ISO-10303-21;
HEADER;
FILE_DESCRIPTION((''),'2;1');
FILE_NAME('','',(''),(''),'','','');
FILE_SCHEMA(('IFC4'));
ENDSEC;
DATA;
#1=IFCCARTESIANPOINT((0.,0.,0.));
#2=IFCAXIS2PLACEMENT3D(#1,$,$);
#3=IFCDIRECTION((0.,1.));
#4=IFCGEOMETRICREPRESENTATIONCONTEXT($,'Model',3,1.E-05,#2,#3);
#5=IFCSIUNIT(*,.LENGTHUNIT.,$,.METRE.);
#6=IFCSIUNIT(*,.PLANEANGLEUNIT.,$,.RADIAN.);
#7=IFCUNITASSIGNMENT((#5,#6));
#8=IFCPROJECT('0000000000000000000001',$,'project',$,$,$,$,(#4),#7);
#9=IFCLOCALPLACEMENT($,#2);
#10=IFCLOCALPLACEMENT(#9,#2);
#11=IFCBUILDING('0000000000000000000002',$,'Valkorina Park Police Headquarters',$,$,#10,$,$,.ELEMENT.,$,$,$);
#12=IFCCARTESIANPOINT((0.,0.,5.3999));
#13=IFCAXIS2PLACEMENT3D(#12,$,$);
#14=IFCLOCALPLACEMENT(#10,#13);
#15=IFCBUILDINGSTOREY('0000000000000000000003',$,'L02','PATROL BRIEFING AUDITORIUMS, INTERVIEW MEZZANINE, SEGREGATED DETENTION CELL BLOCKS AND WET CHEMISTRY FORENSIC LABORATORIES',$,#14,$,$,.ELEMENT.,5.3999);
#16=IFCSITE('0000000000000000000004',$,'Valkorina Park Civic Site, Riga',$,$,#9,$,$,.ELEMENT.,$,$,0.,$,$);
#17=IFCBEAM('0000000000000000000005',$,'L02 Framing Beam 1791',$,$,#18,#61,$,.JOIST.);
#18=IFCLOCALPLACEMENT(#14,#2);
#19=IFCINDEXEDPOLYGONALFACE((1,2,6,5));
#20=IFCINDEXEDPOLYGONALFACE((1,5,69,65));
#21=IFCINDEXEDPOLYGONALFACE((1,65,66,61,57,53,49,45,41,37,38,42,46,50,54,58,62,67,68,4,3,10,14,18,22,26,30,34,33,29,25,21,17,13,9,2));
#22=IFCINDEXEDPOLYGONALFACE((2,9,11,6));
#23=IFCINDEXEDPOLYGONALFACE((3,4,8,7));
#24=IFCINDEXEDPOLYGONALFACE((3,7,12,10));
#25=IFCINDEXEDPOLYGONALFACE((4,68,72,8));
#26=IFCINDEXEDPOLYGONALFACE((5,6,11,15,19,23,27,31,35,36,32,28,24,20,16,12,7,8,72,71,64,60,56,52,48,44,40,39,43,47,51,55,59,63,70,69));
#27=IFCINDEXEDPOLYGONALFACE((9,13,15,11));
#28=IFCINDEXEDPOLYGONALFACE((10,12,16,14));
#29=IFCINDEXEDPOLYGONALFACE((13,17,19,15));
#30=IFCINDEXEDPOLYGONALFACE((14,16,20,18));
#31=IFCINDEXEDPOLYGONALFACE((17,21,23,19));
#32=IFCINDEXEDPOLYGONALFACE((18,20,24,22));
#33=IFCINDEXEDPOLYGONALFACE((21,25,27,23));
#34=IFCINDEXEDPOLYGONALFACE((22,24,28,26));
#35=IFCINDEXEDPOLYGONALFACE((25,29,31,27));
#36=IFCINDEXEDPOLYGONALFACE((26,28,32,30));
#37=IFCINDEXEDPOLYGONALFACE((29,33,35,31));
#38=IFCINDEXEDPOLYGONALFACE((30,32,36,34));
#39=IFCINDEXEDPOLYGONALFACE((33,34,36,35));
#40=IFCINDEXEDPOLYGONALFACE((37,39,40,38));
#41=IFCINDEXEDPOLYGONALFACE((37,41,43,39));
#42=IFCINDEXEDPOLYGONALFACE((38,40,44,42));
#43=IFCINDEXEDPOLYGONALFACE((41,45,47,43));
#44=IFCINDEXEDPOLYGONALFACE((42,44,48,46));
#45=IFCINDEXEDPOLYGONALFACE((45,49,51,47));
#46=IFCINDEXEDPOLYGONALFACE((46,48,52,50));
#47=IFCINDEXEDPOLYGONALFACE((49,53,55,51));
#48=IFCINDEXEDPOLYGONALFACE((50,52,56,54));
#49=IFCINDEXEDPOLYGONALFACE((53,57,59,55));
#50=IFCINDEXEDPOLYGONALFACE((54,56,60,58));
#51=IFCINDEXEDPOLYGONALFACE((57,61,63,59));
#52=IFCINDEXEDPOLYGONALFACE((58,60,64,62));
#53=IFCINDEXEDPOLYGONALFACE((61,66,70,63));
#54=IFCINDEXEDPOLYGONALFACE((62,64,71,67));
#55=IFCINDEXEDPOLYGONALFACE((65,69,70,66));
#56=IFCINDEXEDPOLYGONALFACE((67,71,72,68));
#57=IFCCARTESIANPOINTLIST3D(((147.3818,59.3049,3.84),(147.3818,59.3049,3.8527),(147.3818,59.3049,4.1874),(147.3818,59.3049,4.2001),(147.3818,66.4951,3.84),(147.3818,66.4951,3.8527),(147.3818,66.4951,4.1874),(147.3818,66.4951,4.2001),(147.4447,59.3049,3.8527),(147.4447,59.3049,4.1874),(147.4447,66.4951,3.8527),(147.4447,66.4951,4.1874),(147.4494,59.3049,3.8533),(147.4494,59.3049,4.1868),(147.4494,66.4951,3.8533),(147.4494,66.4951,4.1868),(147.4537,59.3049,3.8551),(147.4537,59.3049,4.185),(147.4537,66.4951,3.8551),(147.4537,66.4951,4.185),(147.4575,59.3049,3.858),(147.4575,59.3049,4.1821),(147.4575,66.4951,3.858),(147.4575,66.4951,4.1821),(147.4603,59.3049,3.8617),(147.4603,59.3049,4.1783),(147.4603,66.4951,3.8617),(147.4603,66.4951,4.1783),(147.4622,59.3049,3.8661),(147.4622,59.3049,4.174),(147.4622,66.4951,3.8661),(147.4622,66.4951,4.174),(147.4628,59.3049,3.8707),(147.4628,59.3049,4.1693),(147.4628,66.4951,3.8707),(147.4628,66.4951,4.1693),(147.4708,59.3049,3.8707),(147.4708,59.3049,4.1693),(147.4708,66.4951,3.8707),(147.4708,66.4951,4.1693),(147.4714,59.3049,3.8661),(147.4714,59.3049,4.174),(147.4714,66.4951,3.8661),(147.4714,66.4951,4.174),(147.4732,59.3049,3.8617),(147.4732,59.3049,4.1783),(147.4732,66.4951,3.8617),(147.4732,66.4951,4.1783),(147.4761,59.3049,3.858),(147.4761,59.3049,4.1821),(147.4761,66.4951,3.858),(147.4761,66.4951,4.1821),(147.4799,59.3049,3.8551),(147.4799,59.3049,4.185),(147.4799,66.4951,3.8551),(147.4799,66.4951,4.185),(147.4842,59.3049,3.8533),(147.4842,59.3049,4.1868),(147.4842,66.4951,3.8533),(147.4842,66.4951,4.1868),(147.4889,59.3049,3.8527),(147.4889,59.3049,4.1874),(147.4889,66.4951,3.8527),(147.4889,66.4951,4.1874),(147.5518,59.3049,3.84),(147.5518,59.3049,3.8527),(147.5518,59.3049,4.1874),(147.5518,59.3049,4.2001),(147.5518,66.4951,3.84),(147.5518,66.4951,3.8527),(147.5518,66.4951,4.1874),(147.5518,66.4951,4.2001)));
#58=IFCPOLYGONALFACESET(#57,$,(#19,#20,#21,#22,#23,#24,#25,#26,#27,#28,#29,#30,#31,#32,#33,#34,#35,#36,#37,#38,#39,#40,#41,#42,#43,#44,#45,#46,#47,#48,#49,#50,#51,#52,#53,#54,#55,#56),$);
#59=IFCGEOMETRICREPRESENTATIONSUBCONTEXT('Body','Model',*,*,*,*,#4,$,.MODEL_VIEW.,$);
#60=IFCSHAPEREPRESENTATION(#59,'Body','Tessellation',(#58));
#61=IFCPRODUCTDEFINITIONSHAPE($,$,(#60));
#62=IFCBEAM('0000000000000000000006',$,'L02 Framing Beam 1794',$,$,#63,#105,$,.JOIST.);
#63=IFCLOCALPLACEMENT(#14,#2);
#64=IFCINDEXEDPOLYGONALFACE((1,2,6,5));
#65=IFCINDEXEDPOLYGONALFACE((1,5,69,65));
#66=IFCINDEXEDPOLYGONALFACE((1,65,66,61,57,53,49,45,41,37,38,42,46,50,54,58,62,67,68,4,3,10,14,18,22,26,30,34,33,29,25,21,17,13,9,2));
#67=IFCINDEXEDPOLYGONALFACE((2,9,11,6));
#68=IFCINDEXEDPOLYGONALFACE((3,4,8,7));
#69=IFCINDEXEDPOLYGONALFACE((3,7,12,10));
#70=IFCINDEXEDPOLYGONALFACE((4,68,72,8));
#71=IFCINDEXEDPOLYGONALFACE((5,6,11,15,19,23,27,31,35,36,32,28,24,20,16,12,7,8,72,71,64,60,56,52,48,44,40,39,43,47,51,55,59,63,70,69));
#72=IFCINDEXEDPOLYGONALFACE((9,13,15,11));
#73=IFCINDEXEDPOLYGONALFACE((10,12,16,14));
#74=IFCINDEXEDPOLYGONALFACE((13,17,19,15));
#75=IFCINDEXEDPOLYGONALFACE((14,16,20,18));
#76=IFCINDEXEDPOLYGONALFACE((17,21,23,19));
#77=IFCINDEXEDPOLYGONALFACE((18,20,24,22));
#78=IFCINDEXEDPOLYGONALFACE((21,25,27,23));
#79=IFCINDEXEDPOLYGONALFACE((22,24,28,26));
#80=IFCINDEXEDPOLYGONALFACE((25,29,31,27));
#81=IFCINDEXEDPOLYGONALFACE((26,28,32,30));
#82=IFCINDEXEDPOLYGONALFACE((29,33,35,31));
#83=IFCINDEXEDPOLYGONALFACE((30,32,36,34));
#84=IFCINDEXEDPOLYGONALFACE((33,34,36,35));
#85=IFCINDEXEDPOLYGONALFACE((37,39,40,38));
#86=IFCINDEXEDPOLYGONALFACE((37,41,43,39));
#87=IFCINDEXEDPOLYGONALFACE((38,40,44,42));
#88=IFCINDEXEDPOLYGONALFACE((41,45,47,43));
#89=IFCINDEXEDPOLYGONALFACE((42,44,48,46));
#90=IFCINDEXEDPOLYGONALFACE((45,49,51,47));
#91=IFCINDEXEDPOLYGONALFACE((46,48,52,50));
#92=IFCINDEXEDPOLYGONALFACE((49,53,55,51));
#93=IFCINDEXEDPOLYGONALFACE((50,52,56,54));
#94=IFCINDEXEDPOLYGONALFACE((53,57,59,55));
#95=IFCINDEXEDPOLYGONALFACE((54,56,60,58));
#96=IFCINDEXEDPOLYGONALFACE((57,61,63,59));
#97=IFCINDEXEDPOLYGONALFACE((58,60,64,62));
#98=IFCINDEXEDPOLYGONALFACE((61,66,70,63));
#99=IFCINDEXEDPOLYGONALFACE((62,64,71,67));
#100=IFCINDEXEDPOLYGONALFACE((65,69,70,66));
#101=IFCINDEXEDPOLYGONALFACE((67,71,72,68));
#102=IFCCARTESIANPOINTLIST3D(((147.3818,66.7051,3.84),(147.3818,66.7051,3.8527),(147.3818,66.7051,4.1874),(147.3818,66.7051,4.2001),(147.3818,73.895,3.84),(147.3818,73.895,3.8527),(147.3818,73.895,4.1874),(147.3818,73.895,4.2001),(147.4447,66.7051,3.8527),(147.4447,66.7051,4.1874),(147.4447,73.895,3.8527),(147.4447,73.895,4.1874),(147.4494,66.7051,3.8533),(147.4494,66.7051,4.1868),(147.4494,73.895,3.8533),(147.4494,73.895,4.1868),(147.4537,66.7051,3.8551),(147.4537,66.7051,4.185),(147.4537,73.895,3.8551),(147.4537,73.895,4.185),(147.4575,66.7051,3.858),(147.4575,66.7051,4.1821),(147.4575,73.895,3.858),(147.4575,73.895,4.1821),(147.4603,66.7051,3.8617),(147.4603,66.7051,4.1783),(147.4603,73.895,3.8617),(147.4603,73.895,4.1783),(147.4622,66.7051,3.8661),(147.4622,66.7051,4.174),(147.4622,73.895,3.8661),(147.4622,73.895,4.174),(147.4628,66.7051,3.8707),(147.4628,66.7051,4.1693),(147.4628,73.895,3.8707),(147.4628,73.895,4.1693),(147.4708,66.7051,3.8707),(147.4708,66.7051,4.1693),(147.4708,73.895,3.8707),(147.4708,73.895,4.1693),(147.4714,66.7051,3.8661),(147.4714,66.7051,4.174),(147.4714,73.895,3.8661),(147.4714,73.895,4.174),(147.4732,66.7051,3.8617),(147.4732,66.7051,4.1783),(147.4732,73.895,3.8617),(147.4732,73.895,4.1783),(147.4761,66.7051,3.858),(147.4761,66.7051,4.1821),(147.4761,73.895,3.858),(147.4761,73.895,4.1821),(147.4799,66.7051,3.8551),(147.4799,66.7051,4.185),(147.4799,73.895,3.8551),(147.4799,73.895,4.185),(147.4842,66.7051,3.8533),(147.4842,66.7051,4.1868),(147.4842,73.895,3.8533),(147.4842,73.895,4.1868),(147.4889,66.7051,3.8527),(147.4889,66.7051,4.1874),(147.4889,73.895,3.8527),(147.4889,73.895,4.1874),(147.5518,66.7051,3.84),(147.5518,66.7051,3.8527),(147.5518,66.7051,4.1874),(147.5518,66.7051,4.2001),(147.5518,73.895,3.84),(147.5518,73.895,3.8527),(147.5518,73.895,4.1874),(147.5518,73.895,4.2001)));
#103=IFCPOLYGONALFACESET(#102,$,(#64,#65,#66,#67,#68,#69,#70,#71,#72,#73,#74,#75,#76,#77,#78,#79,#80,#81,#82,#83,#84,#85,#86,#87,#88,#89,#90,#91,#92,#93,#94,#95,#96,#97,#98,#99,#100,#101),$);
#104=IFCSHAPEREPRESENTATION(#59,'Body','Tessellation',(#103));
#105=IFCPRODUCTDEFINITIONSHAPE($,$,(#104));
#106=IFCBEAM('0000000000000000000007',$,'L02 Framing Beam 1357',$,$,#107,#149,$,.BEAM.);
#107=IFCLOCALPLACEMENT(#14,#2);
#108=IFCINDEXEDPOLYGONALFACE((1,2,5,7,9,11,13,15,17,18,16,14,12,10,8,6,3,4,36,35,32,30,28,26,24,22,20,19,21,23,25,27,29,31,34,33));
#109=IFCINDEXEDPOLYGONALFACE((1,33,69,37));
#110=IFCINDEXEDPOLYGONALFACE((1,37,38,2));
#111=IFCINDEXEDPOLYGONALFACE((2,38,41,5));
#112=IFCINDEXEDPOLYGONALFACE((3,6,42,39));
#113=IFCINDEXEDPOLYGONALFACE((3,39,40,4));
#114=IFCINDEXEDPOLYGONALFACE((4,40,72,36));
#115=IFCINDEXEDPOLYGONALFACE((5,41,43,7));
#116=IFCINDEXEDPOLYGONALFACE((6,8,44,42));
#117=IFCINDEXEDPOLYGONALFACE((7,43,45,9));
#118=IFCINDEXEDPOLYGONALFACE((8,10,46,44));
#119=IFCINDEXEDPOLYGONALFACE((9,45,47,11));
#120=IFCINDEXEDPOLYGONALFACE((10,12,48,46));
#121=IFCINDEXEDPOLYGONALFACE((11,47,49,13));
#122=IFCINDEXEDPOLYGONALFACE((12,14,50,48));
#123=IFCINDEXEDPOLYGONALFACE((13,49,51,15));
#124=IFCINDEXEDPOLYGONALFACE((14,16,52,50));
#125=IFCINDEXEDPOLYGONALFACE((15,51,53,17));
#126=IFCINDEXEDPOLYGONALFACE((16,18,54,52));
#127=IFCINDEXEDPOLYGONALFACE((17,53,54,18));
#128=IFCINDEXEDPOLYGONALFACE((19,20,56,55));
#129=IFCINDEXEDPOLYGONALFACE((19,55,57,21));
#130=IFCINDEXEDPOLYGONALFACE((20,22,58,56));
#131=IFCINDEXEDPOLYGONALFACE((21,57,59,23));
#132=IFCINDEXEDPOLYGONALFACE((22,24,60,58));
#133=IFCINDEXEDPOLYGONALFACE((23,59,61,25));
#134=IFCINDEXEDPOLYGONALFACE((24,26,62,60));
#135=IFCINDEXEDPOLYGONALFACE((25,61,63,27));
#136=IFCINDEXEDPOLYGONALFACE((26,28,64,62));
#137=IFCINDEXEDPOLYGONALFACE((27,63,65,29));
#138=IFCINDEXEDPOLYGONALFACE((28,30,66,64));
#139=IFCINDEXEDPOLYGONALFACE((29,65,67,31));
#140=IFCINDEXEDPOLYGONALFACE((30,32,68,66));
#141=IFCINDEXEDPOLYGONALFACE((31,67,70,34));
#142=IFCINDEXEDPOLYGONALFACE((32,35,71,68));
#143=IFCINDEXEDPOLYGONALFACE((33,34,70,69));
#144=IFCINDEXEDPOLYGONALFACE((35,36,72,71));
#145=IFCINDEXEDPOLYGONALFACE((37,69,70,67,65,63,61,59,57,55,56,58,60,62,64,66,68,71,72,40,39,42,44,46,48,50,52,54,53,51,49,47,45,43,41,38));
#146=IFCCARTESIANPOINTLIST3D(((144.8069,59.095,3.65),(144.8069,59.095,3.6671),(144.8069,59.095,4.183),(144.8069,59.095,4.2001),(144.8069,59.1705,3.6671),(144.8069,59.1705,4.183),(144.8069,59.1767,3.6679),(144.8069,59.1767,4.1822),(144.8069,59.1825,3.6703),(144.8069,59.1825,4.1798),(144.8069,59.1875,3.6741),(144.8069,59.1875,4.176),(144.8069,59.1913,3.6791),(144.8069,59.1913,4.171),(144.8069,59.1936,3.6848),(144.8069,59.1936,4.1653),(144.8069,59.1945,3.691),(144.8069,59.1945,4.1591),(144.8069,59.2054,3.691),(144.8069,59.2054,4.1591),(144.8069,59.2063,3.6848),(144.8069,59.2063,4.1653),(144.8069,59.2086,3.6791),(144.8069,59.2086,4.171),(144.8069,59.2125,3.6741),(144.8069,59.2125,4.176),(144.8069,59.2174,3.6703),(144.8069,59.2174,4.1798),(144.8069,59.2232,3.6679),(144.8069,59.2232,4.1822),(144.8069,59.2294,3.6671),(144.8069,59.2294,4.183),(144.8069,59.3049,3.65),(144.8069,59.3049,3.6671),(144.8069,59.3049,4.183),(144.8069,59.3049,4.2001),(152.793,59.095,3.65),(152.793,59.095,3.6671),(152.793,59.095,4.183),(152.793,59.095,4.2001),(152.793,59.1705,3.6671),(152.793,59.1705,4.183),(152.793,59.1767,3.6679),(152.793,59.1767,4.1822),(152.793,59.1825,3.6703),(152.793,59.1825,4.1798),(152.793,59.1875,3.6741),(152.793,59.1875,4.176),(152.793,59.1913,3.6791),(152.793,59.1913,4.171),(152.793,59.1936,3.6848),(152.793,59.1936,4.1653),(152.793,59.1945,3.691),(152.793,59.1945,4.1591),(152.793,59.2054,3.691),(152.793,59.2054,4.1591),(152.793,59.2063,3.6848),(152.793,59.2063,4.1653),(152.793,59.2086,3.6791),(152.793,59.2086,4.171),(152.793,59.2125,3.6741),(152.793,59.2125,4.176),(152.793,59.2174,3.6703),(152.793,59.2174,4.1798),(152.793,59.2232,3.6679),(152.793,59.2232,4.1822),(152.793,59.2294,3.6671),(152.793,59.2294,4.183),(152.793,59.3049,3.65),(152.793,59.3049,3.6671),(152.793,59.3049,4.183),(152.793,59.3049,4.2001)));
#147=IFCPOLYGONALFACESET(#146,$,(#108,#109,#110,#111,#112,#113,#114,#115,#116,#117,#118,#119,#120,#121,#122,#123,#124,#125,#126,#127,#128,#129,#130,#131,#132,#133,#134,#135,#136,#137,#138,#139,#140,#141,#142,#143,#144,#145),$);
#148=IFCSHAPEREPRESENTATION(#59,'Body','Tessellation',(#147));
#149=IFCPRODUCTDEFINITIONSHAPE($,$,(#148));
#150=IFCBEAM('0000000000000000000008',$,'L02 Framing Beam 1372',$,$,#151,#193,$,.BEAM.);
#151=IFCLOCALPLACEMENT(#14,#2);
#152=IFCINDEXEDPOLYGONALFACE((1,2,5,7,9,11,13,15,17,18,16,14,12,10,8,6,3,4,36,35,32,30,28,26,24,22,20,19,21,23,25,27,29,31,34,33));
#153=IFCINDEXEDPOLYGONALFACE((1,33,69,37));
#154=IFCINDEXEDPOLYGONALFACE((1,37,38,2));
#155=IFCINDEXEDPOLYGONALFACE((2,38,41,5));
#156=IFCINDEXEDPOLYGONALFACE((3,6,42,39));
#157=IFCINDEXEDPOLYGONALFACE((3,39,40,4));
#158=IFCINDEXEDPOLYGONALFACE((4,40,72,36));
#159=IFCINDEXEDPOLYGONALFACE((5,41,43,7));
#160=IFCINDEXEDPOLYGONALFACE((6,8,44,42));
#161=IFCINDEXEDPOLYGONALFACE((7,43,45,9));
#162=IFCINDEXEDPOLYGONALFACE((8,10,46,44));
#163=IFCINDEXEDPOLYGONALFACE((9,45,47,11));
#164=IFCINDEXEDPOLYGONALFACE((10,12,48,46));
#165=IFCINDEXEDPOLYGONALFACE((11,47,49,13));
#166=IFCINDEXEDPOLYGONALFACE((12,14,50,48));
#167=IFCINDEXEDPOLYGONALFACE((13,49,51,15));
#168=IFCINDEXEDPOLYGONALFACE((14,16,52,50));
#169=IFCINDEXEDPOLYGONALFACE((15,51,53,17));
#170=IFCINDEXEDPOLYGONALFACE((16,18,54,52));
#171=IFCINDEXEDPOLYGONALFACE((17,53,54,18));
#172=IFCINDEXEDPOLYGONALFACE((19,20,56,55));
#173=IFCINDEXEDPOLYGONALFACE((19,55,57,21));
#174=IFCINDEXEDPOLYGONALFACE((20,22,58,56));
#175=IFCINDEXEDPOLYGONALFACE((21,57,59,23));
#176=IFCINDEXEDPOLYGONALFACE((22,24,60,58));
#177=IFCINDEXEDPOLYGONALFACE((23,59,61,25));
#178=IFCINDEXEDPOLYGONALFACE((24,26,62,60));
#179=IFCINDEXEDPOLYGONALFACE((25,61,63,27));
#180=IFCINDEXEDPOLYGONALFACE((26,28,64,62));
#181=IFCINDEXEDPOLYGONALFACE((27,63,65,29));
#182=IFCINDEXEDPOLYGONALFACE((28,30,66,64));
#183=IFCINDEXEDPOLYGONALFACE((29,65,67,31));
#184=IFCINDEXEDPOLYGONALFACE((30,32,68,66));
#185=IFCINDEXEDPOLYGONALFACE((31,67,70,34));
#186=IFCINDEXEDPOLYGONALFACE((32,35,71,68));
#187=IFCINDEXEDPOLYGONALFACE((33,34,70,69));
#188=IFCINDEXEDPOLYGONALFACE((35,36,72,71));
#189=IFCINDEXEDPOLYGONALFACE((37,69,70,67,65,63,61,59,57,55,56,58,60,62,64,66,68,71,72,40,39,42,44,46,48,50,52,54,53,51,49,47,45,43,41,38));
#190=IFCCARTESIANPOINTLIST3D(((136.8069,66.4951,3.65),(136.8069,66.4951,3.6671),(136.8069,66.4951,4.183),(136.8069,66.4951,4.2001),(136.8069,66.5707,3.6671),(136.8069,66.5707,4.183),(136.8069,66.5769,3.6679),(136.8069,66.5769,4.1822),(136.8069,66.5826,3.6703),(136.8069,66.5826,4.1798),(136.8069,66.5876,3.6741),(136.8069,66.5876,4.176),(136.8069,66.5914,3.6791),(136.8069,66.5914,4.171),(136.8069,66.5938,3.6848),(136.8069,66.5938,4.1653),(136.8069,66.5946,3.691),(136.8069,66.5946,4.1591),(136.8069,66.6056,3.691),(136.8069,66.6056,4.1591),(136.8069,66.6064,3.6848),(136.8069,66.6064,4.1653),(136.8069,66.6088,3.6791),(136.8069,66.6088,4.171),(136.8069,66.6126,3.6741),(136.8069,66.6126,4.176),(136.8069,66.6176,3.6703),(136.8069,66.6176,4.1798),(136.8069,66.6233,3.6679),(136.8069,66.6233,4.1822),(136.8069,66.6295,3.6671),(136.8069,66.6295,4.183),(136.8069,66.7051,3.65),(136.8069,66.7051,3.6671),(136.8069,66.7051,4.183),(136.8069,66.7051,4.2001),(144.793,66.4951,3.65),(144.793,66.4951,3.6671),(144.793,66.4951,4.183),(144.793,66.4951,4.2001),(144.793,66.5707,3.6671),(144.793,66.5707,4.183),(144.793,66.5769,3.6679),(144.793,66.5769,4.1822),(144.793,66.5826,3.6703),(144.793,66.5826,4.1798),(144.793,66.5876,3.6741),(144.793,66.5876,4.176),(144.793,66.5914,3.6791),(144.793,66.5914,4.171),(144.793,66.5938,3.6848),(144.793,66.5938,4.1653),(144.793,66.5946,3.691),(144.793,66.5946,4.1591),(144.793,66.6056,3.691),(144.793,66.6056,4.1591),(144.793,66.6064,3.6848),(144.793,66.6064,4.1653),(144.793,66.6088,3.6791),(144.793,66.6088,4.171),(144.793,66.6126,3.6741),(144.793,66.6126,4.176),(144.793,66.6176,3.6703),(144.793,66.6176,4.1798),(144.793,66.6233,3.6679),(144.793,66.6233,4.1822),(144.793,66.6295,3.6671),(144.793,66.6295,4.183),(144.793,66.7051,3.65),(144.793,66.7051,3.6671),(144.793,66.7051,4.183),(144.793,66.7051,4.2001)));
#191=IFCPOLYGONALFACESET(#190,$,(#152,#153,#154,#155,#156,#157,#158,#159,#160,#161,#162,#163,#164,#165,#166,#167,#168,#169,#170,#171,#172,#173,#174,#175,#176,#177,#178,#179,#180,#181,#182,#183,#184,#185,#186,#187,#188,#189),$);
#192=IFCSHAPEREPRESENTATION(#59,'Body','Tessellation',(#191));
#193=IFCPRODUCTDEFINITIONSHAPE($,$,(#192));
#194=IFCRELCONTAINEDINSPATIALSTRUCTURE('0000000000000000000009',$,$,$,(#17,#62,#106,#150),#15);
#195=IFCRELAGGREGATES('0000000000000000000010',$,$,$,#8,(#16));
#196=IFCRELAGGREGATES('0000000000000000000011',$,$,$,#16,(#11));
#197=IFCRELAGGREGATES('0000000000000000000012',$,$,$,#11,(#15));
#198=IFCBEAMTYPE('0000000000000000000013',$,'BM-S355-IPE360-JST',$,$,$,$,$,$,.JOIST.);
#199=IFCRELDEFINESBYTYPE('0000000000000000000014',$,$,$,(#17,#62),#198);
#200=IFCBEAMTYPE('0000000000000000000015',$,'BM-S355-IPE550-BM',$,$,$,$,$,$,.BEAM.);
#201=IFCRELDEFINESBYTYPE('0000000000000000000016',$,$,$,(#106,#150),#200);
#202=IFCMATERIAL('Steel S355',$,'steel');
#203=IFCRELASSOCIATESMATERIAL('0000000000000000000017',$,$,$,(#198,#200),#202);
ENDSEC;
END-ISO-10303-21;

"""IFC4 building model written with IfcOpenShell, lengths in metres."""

from ifc_helpers import new_model, si_unit, direction, frame, origin, origin_2d, place, context, subcontext, project, spatial, i_section, extrude, material, material_profile, profile_set, type_object, element, save


model = new_model("IFC4")

# Units and contexts
model_context = context("Model", 3, precision=1e-05, world=origin(), true_north=direction((0.0, 1.0)))
body_context = subcontext(model_context, "Body", "Model", "MODEL_VIEW")
ifc_project = project(units=[si_unit("LENGTHUNIT", "METRE"), si_unit("PLANEANGLEUNIT", "RADIAN")], contexts=[model_context])

# Site, building, storey
site_placement = place(None, origin())
site = spatial("IfcSite", under=ifc_project, at=site_placement, Name="Valkorina Park Civic Site, Riga", CompositionType="ELEMENT", RefElevation=0.0)
building_placement = place(site_placement, origin())
building = spatial("IfcBuilding", under=site, at=building_placement, Name="Valkorina Park Police Headquarters", CompositionType="ELEMENT")
storey_placement = place(building_placement, frame((0.0, 0.0, 5.3999)))
storey = spatial("IfcBuildingStorey", under=building, at=storey_placement, Name="L02", Description="PATROL BRIEFING AUDITORIUMS, INTERVIEW MEZZANINE, SEGREGATED DETENTION CELL BLOCKS AND WET CHEMISTRY FORENSIC LABORATORIES", CompositionType="ELEMENT", Elevation=5.3999)

# Shared definitions
ifc_material_1 = material(Name="Steel S355", Category="steel")

# Beams
ifc_material_profile_1 = material_profile(ifc_material_1, i_section(OverallWidth=0.1699, OverallDepth=0.3601, WebThickness=0.0081, FlangeThickness=0.0127, FilletRadius=0.0181, at=origin_2d()), Name="IPE 360")
ifc_profile_set_1 = profile_set([ifc_material_profile_1], Name="Steel S355")
beam_type_1 = type_object("IfcBeamType", Name="BM-S355-IPE360-JST", PredefinedType="JOIST", material=ifc_profile_set_1)
beam_1_placement = place(storey_placement, frame((147.4668, 59.3049, 4.02), z_axis=(0.0, 1.0, 0.0), x_axis=(-1.0, 0.0, 0.0)))
element("IfcBeam", 1, at=beam_1_placement, inside=storey, type_object=beam_type_1, Name="L02 Framing Beam 1791", PredefinedType="JOIST", context=body_context, shape_type="SweptSolid", body=[
    extrude(i_section(OverallWidth=0.1699, OverallDepth=0.3601, WebThickness=0.0081, FlangeThickness=0.0127, FilletRadius=0.0181, at=origin_2d()), origin(), (0.0, 0.0, 1.0), 7.1902),
])
beam_2_placement = place(storey_placement, frame((147.4668, 66.7051, 4.02), z_axis=(0.0, 1.0, 0.0), x_axis=(-1.0, 0.0, 0.0)))
element("IfcBeam", 2, at=beam_2_placement, inside=storey, type_object=beam_type_1, Name="L02 Framing Beam 1794", PredefinedType="JOIST", context=body_context, shape_type="SweptSolid", body=[
    extrude(i_section(OverallWidth=0.1699, OverallDepth=0.3601, WebThickness=0.0081, FlangeThickness=0.0127, FilletRadius=0.0181, at=origin_2d()), origin(), (0.0, 0.0, 1.0), 7.1899),
])
ifc_material_profile_2 = material_profile(ifc_material_1, i_section(OverallWidth=0.21, OverallDepth=0.55, WebThickness=0.011, FlangeThickness=0.0171, FilletRadius=0.0239, at=origin_2d()), Name="IPE 550")
ifc_profile_set_2 = profile_set([ifc_material_profile_2], Name="Steel S355")
beam_type_2 = type_object("IfcBeamType", Name="BM-S355-IPE550-BM", PredefinedType="BEAM", material=ifc_profile_set_2)
for number, where, z_axis, x_axis, name in (
    (3, (144.8069, 59.2, 3.925), (1.0, 0.0, 0.0), (0.0, 1.0, 0.0), "L02 Framing Beam 1357"),
    (4, (136.8069, 66.6001, 3.925), (1.0, 0.0, 0.0), (0.0, 1.0, 0.0), "L02 Framing Beam 1372"),
):
    element("IfcBeam", number, at=place(storey_placement, frame(where, z_axis=z_axis, x_axis=x_axis)), inside=storey, type_object=beam_type_2, Name=name, PredefinedType="BEAM", context=body_context, shape_type="SweptSolid", body=[
        extrude(i_section(OverallWidth=0.21, OverallDepth=0.55, WebThickness=0.011, FlangeThickness=0.0171, FilletRadius=0.0239, at=origin_2d()), origin(), (0.0, 0.0, 1.0), 7.9861),
    ])

save(model, "model.ifc")
